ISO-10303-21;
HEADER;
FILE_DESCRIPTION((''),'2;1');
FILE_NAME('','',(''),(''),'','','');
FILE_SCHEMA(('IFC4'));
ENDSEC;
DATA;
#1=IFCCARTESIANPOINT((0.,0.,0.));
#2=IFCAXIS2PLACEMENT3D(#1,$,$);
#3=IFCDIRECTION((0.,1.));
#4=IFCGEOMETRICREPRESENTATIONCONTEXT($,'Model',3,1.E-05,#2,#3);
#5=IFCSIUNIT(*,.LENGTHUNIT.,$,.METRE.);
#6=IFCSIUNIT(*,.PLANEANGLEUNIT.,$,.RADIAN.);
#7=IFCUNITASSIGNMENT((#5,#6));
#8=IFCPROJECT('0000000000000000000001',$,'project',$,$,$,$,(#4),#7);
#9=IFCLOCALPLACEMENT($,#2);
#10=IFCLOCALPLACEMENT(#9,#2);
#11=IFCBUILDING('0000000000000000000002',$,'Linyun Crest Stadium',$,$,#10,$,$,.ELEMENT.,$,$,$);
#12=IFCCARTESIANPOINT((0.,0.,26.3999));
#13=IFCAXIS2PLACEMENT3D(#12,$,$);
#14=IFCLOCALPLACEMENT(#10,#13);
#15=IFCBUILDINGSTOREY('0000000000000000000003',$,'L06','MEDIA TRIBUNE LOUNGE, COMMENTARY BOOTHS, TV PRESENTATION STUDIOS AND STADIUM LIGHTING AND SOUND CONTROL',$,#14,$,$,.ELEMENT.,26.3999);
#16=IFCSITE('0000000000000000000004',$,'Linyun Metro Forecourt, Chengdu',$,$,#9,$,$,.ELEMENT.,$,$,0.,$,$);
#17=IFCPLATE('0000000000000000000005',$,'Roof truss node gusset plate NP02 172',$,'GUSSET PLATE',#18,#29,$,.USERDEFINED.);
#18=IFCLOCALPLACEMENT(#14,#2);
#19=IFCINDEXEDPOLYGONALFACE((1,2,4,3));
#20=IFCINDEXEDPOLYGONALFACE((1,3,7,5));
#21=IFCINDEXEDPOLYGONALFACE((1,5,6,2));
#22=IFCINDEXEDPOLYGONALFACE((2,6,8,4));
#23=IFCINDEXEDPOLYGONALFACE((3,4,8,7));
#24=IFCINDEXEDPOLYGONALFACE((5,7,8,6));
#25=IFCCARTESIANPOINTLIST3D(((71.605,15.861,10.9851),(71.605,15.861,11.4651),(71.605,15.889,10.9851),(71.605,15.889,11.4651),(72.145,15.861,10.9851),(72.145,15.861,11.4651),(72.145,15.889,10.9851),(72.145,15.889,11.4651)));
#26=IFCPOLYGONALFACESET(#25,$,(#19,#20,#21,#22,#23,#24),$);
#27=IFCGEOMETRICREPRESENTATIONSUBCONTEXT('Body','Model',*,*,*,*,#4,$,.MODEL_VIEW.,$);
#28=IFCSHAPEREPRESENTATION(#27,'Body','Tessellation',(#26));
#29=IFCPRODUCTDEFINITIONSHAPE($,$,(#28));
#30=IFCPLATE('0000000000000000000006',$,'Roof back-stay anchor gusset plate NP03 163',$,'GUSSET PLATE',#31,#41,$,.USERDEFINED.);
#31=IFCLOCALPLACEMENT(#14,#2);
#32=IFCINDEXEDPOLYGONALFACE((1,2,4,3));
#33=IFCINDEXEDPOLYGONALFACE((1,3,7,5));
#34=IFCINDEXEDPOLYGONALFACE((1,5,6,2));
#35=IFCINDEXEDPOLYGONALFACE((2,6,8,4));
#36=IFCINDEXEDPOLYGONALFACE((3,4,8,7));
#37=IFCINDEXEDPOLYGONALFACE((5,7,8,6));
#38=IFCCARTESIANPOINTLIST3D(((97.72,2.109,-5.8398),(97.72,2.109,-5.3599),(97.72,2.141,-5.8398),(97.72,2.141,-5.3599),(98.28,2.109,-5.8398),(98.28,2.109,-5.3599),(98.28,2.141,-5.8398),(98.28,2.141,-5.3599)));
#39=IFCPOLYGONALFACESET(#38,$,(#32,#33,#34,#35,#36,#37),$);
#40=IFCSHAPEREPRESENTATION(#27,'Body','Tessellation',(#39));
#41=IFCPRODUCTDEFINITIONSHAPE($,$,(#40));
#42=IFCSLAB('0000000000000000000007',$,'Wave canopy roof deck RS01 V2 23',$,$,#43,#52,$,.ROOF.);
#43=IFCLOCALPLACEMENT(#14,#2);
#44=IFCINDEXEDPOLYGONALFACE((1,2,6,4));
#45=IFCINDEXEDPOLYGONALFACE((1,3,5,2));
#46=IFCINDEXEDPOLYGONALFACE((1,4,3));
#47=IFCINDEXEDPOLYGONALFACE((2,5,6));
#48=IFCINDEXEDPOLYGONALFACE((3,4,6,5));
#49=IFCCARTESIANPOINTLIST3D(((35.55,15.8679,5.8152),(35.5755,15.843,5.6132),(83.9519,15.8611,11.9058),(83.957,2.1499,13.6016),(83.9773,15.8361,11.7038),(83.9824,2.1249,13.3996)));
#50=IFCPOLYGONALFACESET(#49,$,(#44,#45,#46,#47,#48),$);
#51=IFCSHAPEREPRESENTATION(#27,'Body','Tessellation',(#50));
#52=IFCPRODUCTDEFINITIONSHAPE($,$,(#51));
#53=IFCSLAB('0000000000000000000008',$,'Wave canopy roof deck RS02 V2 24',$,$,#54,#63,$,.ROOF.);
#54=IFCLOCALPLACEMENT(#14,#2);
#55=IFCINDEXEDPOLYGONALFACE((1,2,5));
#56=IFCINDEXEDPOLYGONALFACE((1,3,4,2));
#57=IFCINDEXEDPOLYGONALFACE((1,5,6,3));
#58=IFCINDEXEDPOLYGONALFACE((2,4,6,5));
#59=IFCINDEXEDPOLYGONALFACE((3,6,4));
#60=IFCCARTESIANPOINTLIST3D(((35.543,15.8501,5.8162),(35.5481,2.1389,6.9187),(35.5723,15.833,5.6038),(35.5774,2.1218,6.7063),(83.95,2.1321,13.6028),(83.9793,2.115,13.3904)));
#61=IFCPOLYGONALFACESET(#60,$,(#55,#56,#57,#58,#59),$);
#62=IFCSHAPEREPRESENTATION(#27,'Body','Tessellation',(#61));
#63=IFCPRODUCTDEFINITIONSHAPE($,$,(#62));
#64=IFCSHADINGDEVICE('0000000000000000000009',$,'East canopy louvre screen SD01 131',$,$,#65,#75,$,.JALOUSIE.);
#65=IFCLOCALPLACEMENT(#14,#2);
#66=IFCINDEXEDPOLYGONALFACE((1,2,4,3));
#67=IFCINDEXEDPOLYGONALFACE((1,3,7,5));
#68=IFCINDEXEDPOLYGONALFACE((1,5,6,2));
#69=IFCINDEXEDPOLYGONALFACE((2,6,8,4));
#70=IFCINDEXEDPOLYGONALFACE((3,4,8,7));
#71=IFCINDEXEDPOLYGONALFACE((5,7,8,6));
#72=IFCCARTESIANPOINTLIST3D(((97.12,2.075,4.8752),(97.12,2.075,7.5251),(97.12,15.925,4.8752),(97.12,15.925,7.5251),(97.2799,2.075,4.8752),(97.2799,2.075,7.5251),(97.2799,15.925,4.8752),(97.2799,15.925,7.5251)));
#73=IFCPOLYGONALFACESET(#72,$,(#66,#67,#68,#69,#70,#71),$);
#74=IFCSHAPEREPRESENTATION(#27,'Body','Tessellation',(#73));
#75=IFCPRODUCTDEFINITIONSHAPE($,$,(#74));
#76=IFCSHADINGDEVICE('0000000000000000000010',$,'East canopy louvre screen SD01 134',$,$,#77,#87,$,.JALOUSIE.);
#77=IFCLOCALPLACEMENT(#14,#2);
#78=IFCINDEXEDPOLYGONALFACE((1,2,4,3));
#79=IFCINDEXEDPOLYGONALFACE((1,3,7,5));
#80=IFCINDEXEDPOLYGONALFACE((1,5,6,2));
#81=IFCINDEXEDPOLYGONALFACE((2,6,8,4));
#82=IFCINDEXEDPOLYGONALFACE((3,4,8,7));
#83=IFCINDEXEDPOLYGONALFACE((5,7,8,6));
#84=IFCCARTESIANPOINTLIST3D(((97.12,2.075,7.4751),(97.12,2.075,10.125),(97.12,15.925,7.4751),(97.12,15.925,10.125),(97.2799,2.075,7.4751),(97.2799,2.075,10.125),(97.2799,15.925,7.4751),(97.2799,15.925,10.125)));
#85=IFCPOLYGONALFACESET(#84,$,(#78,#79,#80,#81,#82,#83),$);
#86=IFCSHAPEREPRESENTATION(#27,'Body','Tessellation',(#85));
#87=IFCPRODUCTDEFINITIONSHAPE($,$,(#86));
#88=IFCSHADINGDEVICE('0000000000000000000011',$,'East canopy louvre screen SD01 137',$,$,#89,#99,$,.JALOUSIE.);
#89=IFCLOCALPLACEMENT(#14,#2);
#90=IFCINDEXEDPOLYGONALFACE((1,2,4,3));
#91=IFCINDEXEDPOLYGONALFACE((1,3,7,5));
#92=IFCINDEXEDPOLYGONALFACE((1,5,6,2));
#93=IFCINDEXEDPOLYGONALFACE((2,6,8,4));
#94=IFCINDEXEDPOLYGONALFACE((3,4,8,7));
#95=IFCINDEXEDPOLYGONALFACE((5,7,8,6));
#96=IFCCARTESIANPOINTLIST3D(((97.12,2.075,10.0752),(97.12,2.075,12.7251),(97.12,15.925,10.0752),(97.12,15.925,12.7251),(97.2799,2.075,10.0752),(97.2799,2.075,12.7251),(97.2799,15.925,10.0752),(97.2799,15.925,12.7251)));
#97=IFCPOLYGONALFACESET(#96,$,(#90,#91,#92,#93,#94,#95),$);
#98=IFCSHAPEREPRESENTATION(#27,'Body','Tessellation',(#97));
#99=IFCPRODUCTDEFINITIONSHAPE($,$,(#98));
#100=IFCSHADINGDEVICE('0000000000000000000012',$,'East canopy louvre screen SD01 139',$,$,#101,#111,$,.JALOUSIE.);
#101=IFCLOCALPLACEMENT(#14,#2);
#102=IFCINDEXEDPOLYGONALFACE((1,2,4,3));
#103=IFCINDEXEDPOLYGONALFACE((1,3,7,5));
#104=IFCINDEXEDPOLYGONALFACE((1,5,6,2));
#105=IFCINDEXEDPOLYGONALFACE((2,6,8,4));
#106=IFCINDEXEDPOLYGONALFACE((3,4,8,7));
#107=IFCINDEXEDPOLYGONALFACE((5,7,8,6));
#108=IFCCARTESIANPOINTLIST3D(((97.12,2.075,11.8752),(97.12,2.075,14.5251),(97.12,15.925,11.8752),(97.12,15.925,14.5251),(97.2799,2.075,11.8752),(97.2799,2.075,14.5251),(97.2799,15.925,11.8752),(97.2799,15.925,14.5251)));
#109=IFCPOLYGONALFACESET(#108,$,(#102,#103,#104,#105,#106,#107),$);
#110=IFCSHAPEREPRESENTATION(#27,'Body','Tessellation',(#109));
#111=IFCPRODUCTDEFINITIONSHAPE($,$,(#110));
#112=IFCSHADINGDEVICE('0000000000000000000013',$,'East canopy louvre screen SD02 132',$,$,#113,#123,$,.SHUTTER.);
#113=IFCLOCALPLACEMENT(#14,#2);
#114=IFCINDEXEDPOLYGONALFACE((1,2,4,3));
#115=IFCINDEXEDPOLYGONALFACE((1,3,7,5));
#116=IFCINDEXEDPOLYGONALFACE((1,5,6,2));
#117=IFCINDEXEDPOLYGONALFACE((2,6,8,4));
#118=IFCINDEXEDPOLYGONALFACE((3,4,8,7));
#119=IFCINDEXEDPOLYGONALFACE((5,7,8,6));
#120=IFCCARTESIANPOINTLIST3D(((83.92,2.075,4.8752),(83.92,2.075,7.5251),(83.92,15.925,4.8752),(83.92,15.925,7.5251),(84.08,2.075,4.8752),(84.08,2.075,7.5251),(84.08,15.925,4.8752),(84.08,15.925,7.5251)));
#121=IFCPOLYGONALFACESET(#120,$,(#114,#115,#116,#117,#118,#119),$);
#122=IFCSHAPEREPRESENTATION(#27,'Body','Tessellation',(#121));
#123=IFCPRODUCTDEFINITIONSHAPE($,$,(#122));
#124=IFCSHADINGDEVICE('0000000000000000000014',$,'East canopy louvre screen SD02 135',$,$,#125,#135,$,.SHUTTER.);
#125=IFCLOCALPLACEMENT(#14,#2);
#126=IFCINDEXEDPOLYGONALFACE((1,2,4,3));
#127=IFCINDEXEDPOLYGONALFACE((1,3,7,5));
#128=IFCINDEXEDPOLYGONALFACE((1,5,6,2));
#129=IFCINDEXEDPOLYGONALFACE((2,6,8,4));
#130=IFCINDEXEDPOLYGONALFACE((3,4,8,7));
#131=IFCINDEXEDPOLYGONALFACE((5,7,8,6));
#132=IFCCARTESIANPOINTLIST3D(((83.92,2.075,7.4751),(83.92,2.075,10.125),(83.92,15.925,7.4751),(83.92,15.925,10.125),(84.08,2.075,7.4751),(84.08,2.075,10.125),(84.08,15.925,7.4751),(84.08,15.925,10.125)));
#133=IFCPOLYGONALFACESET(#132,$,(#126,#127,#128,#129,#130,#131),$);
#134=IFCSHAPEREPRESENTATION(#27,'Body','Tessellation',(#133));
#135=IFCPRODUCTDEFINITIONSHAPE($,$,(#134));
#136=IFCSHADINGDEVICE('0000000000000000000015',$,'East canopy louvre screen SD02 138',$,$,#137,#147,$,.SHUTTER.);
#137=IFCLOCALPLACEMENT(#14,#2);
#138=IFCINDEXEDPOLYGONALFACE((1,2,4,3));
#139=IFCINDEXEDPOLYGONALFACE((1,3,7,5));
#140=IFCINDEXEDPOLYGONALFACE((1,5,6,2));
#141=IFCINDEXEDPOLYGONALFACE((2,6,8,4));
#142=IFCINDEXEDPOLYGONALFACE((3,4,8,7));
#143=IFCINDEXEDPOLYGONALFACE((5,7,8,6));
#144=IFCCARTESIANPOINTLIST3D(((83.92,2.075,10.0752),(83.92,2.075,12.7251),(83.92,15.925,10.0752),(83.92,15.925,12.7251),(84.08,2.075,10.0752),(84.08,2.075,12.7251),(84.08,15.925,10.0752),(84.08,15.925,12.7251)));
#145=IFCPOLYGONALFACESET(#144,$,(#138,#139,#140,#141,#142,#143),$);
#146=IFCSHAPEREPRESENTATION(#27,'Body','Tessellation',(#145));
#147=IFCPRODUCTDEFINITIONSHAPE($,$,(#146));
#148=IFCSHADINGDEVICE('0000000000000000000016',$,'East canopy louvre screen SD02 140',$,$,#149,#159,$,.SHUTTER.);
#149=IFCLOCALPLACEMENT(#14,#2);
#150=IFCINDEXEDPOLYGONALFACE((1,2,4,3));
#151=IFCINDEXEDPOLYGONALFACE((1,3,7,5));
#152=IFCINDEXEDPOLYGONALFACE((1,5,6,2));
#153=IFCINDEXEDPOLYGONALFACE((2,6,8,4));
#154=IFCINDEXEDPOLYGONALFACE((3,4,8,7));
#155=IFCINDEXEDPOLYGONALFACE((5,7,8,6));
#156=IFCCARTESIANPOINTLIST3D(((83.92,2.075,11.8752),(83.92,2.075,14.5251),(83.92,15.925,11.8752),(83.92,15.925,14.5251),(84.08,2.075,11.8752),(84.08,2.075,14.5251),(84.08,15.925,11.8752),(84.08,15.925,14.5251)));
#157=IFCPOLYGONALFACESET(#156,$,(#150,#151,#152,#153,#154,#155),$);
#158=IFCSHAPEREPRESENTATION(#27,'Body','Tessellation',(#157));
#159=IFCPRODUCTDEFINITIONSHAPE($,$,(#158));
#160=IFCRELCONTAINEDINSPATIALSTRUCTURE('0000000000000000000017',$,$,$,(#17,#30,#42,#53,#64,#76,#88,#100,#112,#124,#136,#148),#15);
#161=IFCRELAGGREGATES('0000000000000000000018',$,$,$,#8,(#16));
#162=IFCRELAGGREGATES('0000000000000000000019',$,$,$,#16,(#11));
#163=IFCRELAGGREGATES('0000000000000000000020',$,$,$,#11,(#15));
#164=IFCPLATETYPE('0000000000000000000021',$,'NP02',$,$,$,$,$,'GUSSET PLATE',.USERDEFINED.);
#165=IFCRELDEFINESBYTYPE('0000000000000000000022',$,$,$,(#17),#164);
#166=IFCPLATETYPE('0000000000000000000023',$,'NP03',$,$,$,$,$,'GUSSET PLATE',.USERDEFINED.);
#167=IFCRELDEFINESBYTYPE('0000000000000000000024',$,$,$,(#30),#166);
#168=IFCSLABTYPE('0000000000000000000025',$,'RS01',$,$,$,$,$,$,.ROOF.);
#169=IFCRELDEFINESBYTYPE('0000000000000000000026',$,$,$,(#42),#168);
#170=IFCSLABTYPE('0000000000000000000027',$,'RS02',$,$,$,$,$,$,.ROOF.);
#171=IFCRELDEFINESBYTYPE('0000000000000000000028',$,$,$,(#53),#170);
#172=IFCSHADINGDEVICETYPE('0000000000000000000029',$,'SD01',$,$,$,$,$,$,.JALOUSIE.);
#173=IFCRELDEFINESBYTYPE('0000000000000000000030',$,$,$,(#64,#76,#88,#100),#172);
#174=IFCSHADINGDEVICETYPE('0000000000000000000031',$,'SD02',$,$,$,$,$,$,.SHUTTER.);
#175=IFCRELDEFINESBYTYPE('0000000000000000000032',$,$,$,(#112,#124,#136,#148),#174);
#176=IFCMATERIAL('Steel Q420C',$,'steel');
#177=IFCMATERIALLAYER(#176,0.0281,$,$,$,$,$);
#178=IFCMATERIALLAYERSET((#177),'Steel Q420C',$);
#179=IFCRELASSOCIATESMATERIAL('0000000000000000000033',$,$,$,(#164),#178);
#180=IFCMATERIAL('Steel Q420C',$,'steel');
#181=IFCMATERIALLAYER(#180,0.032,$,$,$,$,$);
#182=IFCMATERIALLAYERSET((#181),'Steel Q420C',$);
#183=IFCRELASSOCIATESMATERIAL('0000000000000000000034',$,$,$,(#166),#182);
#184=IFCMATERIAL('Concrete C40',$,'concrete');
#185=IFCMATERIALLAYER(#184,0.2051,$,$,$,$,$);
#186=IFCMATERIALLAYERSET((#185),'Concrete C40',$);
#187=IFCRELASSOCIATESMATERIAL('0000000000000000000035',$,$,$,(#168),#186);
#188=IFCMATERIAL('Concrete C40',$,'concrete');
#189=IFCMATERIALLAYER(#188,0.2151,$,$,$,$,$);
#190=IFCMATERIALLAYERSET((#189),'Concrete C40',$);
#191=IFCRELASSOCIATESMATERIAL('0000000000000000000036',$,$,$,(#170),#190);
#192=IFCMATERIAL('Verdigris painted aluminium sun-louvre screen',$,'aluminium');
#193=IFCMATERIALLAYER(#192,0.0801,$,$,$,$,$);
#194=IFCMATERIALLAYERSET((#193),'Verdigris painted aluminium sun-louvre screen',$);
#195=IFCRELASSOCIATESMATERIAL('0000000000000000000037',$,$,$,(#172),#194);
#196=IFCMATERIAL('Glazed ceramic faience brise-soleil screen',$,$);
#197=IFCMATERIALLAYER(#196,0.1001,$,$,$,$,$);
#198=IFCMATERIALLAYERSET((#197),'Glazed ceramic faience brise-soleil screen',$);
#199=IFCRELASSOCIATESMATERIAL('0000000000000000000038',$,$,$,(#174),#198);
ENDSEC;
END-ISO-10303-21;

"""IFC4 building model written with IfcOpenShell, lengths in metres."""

from ifc_helpers import new_model, si_unit, direction, frame, origin, origin_2d, place, context, subcontext, project, spatial, polyline, rectangle, outline, extrude, material, layer, layer_set, type_object, element, save


model = new_model("IFC4")

# Units and contexts
model_context = context("Model", 3, precision=1e-05, world=origin(), true_north=direction((0.0, 1.0)))
body_context = subcontext(model_context, "Body", "Model", "MODEL_VIEW")
ifc_project = project(units=[si_unit("LENGTHUNIT", "METRE"), si_unit("PLANEANGLEUNIT", "RADIAN")], contexts=[model_context])

# Site, building, storey
site_placement = place(None, origin())
site = spatial("IfcSite", under=ifc_project, at=site_placement, Name="Linyun Metro Forecourt, Chengdu", CompositionType="ELEMENT", RefElevation=0.0)
building_placement = place(site_placement, origin())
building = spatial("IfcBuilding", under=site, at=building_placement, Name="Linyun Crest Stadium", CompositionType="ELEMENT")
storey_placement = place(building_placement, frame((0.0, 0.0, 26.3999)))
storey = spatial("IfcBuildingStorey", under=building, at=storey_placement, Name="L06", Description="MEDIA TRIBUNE LOUNGE, COMMENTARY BOOTHS, TV PRESENTATION STUDIOS AND STADIUM LIGHTING AND SOUND CONTROL", CompositionType="ELEMENT", Elevation=26.3999)

# Plates
ifc_material_1 = material(Name="Steel Q420C", Category="steel")
ifc_layer_1 = layer(ifc_material_1, 0.0281)
ifc_layer_set_1 = layer_set([ifc_layer_1], Name="Steel Q420C")
plate_type_1 = type_object("IfcPlateType", Name="NP02", ElementType="GUSSET PLATE", PredefinedType="USERDEFINED", material=ifc_layer_set_1)
plate_1_placement = place(storey_placement, frame((71.875, 15.875, 10.9851), z_axis=(0.0, 0.0, 1.0), x_axis=(1.0, 0.0, 0.0)))
element("IfcPlate", 1, at=plate_1_placement, inside=storey, type_object=plate_type_1, Name="Roof truss node gusset plate NP02 172", ObjectType="GUSSET PLATE", PredefinedType="USERDEFINED", context=body_context, shape_type="SweptSolid", body=[
    extrude(rectangle(XDim=0.54, YDim=0.0281, at=origin_2d()), origin(), (0.0, 0.0, 1.0), 0.48),
])
ifc_material_2 = material(Name="Steel Q420C", Category="steel")
ifc_layer_2 = layer(ifc_material_2, 0.032)
ifc_layer_set_2 = layer_set([ifc_layer_2], Name="Steel Q420C")
plate_type_2 = type_object("IfcPlateType", Name="NP03", ElementType="GUSSET PLATE", PredefinedType="USERDEFINED", material=ifc_layer_set_2)
plate_2_placement = place(storey_placement, frame((98.0, 2.125, -5.8398), z_axis=(0.0, 0.0, 1.0), x_axis=(1.0, 0.0, 0.0)))
element("IfcPlate", 2, at=plate_2_placement, inside=storey, type_object=plate_type_2, Name="Roof back-stay anchor gusset plate NP03 163", ObjectType="GUSSET PLATE", PredefinedType="USERDEFINED", context=body_context, shape_type="SweptSolid", body=[
    extrude(rectangle(XDim=0.5601, YDim=0.032, at=origin_2d()), origin(), (0.0, 0.0, 1.0), 0.48),
])

# Slabs
ifc_material_3 = material(Name="Concrete C40", Category="concrete")
ifc_layer_3 = layer(ifc_material_3, 0.2051)
ifc_layer_set_3 = layer_set([ifc_layer_3], Name="Concrete C40")
slab_type_1 = type_object("IfcSlabType", Name="RS01", PredefinedType="ROOF", material=ifc_layer_set_3)
slab_1_placement = place(storey_placement, frame((83.957, 2.1499, 13.6016), z_axis=(-0.123903, 0.121753, 0.984796), x_axis=(-0.000371, 0.992438, -0.122745)))
element("IfcSlab", 3, at=slab_1_placement, inside=storey, type_object=slab_type_1, Name="Wave canopy roof deck RS01 V2 23", PredefinedType="ROOF", context=body_context, shape_type="SweptSolid", body=[
    extrude(outline(polyline([(0.0, 0.0), (13.8157, 0.0), (14.588, 48.7774), (0.0, 0.0)])), origin(), (0.0, 0.0, -1.0), 0.2051),
])
ifc_material_4 = material(Name="Concrete C40", Category="concrete")
ifc_layer_4 = layer(ifc_material_4, 0.2151)
ifc_layer_set_4 = layer_set([ifc_layer_4], Name="Concrete C40")
slab_type_2 = type_object("IfcSlabType", Name="RS02", PredefinedType="ROOF", material=ifc_layer_set_4)
slab_2_placement = place(storey_placement, frame((83.95, 2.1321, 13.6028), z_axis=(-0.136355, 0.079354, 0.987477), x_axis=(-0.950794, 0.269445, -0.152942)))
element("IfcSlab", 4, at=slab_2_placement, inside=storey, type_object=slab_type_2, Name="Wave canopy roof deck RS02 V2 24", PredefinedType="ROOF", context=body_context, shape_type="SweptSolid", body=[
    extrude(outline(polyline([(0.0, 0.0), (50.9122, 0.0), (47.0443, 13.2004), (0.0, 0.0)])), origin(), (0.0, 0.0, -1.0), 0.2151),
])

# Shading devices
ifc_material_5 = material(Name="Verdigris painted aluminium sun-louvre screen", Category="aluminium")
ifc_layer_5 = layer(ifc_material_5, 0.0801)
ifc_layer_set_5 = layer_set([ifc_layer_5], Name="Verdigris painted aluminium sun-louvre screen")
shading_device_type_1 = type_object("IfcShadingDeviceType", Name="SD01", PredefinedType="JALOUSIE", material=ifc_layer_set_5)
for number, where, z_axis, x_axis, name in (
    (5, (97.2, 9.0, 4.8752), (0.0, 0.0, 1.0), (1.0, 0.0, 0.0), "East canopy louvre screen SD01 131"),
    (6, (97.2, 9.0, 7.4751), (0.0, 0.0, 1.0), (1.0, 0.0, 0.0), "East canopy louvre screen SD01 134"),
    (7, (97.2, 9.0, 10.0752), (0.0, 0.0, 1.0), (1.0, 0.0, 0.0), "East canopy louvre screen SD01 137"),
    (8, (97.2, 9.0, 11.8752), (0.0, 0.0, 1.0), (1.0, 0.0, 0.0), "East canopy louvre screen SD01 139"),
):
    element("IfcShadingDevice", number, at=place(storey_placement, frame(where, z_axis=z_axis, x_axis=x_axis)), inside=storey, type_object=shading_device_type_1, Name=name, PredefinedType="JALOUSIE", context=body_context, shape_type="SweptSolid", body=[
        extrude(rectangle(XDim=0.1599, YDim=13.8501, at=origin_2d()), origin(), (0.0, 0.0, 1.0), 2.6499),
    ])
ifc_material_6 = material(Name="Glazed ceramic faience brise-soleil screen")
ifc_layer_6 = layer(ifc_material_6, 0.1001)
ifc_layer_set_6 = layer_set([ifc_layer_6], Name="Glazed ceramic faience brise-soleil screen")
shading_device_type_2 = type_object("IfcShadingDeviceType", Name="SD02", PredefinedType="SHUTTER", material=ifc_layer_set_6)
for number, where, z_axis, x_axis, name in (
    (9, (84.0, 9.0, 4.8752), (0.0, 0.0, 1.0), (1.0, 0.0, 0.0), "East canopy louvre screen SD02 132"),
    (10, (84.0, 9.0, 7.4751), (0.0, 0.0, 1.0), (1.0, 0.0, 0.0), "East canopy louvre screen SD02 135"),
    (11, (84.0, 9.0, 10.0752), (0.0, 0.0, 1.0), (1.0, 0.0, 0.0), "East canopy louvre screen SD02 138"),
    (12, (84.0, 9.0, 11.8752), (0.0, 0.0, 1.0), (1.0, 0.0, 0.0), "East canopy louvre screen SD02 140"),
):
    element("IfcShadingDevice", number, at=place(storey_placement, frame(where, z_axis=z_axis, x_axis=x_axis)), inside=storey, type_object=shading_device_type_2, Name=name, PredefinedType="SHUTTER", context=body_context, shape_type="SweptSolid", body=[
        extrude(rectangle(XDim=0.1599, YDim=13.8501, at=origin_2d()), origin(), (0.0, 0.0, 1.0), 2.6499),
    ])

save(model, "model.ifc")
